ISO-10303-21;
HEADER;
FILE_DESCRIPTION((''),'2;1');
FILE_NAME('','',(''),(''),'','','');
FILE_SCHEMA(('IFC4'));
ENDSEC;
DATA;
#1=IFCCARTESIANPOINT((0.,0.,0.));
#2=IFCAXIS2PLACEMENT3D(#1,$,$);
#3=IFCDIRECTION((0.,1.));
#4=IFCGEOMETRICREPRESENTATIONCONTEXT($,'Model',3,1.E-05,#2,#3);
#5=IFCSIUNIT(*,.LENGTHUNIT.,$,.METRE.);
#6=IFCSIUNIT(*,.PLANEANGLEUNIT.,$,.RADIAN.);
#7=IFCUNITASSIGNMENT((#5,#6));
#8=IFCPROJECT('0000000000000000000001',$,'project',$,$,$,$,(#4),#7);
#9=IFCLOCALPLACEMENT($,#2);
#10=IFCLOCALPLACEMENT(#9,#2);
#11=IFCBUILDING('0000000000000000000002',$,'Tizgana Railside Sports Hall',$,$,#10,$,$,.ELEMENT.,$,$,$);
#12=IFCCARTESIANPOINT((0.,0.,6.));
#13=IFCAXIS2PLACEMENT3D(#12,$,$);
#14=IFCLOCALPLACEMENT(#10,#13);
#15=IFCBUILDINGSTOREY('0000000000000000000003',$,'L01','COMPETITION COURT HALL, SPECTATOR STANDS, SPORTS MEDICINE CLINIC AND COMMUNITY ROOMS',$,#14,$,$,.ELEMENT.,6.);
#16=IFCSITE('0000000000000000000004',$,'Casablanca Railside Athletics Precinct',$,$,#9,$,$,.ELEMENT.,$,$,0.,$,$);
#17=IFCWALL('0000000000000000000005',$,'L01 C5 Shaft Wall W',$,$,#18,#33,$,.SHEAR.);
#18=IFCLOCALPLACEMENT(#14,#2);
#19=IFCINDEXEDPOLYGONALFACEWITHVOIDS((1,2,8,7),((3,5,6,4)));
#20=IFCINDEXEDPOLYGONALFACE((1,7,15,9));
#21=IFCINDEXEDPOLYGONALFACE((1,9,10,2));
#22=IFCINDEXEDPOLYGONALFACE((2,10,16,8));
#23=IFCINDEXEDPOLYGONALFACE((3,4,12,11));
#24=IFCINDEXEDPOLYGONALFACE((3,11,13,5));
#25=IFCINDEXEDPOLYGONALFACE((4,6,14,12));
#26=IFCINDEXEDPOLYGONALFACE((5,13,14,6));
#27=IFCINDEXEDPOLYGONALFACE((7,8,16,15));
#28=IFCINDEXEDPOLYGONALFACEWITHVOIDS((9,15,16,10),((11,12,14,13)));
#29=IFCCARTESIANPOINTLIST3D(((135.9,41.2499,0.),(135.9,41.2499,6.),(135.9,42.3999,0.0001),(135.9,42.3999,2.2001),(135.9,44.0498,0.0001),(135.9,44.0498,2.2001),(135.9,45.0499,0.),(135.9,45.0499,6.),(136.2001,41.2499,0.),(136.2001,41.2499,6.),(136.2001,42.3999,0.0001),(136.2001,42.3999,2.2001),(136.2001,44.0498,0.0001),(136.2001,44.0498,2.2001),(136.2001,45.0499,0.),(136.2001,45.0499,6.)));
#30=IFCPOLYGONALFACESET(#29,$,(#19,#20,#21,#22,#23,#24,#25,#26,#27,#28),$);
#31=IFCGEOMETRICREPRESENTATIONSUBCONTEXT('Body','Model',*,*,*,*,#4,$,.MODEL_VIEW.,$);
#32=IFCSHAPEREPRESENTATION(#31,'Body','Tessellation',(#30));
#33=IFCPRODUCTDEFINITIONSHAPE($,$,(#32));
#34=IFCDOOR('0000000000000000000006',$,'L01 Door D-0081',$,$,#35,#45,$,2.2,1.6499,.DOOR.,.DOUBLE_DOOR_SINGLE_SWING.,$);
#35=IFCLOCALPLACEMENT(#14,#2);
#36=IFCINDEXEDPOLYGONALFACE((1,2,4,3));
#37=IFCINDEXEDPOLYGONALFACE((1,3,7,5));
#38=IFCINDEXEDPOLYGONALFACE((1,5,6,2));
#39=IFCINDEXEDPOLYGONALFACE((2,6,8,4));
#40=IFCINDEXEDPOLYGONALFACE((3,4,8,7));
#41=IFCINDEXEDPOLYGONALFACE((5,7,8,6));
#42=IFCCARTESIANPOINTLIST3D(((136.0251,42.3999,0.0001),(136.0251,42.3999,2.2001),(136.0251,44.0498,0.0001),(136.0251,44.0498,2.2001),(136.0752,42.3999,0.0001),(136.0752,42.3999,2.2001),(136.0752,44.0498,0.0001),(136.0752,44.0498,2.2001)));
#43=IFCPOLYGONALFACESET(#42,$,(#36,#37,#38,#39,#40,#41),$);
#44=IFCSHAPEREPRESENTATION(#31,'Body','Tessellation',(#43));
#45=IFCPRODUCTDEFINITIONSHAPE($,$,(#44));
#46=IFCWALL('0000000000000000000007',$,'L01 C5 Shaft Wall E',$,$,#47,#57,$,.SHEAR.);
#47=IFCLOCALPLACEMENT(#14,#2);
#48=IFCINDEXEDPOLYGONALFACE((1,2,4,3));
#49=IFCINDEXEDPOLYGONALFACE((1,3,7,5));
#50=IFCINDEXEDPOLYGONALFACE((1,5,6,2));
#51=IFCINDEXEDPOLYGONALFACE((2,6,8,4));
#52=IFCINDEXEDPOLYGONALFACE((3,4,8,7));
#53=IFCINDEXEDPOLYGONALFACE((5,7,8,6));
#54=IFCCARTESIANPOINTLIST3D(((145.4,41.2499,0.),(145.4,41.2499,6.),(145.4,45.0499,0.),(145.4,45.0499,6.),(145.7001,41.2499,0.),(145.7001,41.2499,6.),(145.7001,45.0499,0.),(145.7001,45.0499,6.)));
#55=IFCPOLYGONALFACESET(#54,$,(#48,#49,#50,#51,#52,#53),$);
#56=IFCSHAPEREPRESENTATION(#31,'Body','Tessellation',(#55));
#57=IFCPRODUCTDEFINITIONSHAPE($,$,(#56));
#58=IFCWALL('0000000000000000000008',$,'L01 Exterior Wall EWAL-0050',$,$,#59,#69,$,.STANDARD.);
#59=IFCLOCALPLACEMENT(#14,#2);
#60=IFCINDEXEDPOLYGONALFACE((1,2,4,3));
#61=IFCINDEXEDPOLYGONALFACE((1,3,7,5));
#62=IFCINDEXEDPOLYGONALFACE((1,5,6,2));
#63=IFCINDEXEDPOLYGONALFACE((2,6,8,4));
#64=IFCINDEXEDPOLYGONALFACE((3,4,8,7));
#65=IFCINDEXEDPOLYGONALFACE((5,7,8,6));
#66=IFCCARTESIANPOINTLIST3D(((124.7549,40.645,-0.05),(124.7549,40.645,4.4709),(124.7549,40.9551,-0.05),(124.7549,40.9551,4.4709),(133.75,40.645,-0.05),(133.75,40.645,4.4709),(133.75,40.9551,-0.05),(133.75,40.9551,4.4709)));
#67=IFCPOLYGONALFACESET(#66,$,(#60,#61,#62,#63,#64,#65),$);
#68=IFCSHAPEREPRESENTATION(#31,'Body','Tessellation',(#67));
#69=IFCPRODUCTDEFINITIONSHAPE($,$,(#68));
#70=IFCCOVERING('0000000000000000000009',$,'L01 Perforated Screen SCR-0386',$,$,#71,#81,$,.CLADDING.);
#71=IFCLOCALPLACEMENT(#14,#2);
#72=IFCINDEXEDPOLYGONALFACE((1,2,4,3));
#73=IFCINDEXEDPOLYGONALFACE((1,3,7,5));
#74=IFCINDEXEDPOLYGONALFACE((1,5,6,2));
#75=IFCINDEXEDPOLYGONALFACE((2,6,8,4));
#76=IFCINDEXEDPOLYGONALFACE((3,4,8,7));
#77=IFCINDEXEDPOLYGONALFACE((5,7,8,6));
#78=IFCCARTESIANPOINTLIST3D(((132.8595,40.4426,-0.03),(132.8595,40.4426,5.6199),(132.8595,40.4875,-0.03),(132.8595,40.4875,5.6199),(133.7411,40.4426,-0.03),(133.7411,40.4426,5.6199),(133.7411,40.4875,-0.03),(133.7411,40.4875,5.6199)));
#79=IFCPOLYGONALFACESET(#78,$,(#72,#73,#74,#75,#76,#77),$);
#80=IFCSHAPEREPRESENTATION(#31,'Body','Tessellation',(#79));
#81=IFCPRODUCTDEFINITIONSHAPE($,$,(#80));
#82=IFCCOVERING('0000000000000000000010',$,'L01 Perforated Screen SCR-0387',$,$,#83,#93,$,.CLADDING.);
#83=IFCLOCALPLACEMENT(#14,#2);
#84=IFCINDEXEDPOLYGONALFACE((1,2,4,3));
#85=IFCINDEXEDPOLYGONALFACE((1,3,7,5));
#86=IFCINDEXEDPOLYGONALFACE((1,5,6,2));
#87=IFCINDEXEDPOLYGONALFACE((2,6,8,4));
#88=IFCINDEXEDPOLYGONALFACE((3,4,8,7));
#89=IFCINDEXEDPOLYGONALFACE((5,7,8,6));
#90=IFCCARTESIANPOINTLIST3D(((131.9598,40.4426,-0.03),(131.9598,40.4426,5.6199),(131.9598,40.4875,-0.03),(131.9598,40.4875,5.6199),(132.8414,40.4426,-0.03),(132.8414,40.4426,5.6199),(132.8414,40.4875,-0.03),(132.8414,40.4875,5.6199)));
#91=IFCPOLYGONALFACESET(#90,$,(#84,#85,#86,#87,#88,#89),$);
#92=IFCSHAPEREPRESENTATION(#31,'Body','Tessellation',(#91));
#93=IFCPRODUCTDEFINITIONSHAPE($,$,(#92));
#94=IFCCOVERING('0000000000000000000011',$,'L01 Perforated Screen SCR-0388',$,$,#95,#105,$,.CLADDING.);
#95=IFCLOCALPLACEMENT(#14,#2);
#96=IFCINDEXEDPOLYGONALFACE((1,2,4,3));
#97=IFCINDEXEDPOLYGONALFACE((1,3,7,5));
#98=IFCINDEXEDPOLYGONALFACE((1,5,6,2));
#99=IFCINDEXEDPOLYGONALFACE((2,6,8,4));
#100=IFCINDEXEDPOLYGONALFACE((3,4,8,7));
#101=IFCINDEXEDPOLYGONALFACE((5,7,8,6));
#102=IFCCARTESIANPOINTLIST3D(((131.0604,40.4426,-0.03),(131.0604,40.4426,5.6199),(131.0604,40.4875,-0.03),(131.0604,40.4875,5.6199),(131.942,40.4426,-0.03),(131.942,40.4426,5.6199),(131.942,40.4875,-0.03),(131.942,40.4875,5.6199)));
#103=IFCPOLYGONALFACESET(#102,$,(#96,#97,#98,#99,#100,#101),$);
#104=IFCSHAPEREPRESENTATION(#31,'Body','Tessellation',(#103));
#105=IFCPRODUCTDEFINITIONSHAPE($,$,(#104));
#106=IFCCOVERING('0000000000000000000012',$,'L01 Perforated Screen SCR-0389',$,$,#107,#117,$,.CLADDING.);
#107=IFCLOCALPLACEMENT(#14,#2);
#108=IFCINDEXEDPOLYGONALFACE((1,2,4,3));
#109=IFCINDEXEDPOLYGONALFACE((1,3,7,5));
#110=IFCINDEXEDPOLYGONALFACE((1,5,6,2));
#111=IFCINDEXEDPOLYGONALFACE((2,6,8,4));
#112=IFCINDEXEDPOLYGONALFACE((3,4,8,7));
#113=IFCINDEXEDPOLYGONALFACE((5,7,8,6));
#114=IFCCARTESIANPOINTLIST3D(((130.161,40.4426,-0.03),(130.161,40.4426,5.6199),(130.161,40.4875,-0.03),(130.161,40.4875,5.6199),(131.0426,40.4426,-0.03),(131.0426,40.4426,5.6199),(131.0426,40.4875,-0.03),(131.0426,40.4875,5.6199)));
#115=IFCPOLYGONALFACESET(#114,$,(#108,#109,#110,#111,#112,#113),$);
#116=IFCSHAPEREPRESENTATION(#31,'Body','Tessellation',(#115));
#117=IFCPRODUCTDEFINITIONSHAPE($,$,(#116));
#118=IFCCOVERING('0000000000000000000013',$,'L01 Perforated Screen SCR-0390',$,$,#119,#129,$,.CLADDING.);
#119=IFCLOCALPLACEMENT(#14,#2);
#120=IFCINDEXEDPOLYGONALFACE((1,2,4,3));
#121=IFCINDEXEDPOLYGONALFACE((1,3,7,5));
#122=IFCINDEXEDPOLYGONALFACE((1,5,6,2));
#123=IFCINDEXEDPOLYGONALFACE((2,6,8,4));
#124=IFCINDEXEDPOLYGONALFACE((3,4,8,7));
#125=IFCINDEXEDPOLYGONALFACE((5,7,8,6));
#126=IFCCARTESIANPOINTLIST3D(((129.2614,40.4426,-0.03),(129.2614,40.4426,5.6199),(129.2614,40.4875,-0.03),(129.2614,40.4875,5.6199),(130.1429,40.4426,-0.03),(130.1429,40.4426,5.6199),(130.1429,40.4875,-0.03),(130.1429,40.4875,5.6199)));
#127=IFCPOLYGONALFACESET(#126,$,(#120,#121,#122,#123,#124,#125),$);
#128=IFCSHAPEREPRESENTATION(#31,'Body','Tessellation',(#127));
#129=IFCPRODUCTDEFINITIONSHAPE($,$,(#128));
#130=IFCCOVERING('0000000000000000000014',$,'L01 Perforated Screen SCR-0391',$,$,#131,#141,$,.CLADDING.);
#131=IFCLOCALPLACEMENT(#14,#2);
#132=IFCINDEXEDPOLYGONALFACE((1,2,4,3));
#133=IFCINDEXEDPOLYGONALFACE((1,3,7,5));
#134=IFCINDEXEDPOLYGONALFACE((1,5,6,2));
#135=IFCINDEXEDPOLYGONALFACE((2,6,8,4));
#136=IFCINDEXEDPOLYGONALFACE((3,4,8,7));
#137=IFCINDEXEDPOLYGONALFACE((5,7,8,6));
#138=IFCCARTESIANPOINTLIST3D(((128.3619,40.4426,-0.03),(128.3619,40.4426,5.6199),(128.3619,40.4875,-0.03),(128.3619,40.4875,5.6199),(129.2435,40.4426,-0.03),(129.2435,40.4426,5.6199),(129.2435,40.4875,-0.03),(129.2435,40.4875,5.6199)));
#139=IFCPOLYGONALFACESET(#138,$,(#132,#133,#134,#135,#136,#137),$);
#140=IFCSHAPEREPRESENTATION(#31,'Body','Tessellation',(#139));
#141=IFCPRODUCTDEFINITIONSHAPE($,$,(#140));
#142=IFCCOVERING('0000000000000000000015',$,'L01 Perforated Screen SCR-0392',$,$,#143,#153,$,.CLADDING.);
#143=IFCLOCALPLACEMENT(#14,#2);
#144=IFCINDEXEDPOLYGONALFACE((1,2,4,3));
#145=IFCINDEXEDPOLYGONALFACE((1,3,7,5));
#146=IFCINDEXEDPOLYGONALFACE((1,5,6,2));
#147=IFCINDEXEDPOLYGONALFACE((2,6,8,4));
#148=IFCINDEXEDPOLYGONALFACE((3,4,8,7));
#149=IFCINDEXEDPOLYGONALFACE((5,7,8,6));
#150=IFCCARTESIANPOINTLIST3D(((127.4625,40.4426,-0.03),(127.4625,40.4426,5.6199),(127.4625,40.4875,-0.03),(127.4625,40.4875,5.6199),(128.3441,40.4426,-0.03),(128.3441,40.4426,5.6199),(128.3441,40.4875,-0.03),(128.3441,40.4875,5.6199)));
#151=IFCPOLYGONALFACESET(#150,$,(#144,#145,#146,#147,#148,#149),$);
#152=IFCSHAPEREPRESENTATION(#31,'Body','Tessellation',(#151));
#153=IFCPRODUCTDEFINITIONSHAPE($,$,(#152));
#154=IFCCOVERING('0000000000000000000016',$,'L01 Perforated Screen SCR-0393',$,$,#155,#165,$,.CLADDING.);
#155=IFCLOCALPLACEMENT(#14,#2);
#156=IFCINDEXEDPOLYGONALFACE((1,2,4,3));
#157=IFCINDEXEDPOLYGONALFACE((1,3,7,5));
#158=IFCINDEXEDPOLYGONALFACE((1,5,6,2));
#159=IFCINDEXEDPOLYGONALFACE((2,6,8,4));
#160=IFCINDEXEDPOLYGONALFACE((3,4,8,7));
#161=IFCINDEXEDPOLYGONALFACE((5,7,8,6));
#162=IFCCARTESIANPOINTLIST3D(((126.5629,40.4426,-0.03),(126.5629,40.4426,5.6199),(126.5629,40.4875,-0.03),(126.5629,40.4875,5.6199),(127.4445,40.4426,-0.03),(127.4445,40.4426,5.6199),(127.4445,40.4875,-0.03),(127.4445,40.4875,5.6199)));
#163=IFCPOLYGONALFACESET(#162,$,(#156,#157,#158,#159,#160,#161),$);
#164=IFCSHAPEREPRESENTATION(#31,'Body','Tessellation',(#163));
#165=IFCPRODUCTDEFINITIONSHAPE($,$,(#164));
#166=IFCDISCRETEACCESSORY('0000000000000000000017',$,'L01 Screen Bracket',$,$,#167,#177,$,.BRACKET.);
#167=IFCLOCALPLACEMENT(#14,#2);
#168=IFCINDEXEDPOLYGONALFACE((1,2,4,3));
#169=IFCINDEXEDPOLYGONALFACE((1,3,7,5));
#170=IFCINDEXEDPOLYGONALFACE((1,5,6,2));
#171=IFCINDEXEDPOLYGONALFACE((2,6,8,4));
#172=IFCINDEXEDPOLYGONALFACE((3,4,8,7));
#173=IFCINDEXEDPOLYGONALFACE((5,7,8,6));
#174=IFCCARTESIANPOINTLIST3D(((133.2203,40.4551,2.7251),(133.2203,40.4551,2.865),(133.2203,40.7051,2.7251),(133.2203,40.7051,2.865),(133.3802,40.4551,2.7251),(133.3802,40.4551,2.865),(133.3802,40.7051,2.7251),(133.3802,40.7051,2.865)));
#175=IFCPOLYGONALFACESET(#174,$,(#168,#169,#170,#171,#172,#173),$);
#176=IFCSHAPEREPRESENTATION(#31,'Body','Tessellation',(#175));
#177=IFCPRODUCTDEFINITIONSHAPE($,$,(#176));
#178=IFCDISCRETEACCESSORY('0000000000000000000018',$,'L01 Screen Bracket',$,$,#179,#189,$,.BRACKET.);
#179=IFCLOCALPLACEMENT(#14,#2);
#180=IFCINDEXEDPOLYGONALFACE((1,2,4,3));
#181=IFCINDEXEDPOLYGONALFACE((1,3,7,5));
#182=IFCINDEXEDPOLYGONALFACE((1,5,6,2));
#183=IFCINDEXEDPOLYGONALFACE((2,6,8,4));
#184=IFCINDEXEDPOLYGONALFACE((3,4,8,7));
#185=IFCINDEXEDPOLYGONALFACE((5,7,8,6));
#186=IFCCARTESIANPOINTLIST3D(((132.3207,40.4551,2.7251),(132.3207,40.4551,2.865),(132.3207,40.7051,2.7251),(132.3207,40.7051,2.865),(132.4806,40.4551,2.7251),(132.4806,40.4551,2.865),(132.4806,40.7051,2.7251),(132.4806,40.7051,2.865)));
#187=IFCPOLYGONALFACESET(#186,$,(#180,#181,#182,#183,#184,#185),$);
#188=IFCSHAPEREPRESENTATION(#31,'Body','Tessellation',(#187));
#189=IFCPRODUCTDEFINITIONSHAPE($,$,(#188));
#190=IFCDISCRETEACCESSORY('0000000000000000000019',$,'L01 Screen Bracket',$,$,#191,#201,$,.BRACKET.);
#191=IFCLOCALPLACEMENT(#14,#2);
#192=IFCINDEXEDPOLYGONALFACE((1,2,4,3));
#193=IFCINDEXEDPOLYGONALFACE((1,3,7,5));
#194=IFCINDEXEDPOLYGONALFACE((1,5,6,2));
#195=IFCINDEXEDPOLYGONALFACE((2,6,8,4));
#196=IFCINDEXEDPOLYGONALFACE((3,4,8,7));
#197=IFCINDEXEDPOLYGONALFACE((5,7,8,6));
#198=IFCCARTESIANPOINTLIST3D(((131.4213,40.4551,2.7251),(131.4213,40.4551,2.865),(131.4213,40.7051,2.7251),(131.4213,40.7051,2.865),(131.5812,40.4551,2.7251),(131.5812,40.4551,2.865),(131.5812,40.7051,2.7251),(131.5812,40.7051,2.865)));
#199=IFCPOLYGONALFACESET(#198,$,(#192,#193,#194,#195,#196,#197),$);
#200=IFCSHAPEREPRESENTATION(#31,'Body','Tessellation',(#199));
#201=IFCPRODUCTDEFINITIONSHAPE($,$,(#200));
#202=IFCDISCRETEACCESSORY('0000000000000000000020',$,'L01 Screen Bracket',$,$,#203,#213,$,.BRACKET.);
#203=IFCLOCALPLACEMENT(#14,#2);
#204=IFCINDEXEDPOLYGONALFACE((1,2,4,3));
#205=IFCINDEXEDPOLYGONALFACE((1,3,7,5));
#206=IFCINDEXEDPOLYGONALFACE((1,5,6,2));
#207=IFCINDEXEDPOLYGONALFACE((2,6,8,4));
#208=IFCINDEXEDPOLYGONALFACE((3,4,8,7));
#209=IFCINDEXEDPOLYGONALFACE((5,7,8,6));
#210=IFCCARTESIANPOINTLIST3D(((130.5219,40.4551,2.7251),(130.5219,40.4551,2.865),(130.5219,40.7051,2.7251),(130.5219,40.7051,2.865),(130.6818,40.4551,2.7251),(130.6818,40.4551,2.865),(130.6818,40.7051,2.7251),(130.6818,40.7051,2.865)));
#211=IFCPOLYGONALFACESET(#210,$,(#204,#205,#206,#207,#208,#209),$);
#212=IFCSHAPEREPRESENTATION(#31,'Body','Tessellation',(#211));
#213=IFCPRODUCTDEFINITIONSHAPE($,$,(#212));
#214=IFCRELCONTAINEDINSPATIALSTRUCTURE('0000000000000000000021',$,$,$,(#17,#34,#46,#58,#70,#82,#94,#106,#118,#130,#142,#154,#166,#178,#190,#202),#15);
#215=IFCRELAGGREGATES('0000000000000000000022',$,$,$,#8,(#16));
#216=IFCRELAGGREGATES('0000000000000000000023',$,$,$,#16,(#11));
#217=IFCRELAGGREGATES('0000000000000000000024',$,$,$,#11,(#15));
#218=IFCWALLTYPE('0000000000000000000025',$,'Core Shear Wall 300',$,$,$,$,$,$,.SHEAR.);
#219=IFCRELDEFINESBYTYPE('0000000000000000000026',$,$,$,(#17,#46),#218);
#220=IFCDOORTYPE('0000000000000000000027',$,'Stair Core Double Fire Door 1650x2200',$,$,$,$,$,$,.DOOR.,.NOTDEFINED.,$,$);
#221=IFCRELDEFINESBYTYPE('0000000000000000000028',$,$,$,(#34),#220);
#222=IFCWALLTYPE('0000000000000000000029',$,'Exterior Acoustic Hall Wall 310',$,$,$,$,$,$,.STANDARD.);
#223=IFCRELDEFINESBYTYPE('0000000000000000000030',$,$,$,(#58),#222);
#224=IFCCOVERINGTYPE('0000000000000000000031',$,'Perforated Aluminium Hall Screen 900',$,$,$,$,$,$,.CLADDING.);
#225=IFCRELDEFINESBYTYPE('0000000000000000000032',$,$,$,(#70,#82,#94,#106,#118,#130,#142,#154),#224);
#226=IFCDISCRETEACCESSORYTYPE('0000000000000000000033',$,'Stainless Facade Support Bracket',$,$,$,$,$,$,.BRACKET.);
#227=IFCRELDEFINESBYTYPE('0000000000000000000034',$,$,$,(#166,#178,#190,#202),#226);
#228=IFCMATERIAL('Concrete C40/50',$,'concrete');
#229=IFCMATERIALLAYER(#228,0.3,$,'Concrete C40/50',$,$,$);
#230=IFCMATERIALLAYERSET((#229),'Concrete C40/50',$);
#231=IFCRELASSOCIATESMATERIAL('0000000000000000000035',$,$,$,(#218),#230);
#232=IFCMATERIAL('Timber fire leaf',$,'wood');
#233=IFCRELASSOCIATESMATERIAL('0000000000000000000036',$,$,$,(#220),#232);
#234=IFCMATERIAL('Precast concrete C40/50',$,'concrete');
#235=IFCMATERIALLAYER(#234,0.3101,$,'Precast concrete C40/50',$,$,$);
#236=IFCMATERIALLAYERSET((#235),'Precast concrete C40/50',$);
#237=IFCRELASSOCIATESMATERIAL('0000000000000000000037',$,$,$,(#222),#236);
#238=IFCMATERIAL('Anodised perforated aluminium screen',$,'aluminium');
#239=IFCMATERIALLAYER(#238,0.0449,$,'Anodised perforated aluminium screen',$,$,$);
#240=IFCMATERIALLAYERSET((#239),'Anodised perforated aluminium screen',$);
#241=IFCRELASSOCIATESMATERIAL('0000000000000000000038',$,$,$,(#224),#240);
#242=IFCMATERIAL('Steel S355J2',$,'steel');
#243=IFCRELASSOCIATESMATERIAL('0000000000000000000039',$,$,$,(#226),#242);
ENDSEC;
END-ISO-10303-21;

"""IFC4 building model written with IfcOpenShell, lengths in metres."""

from ifc_helpers import new_model, si_unit, direction, frame, frame_2d, origin, origin_2d, place, context, subcontext, project, spatial, rectangle, extrude, material, layer, layer_set, type_object, element, fill, save


model = new_model("IFC4")

# Units and contexts
model_context = context("Model", 3, precision=1e-05, world=origin(), true_north=direction((0.0, 1.0)))
body_context = subcontext(model_context, "Body", "Model", "MODEL_VIEW")
ifc_project = project(units=[si_unit("LENGTHUNIT", "METRE"), si_unit("PLANEANGLEUNIT", "RADIAN")], contexts=[model_context])

# Site, building, storey
site_placement = place(None, origin())
site = spatial("IfcSite", under=ifc_project, at=site_placement, Name="Casablanca Railside Athletics Precinct", CompositionType="ELEMENT", RefElevation=0.0)
building_placement = place(site_placement, origin())
building = spatial("IfcBuilding", under=site, at=building_placement, Name="Tizgana Railside Sports Hall", CompositionType="ELEMENT")
storey_placement = place(building_placement, frame((0.0, 0.0, 6.0)))
storey = spatial("IfcBuildingStorey", under=building, at=storey_placement, Name="L01", Description="COMPETITION COURT HALL, SPECTATOR STANDS, SPORTS MEDICINE CLINIC AND COMMUNITY ROOMS", CompositionType="ELEMENT", Elevation=6.0)

# Shared definitions
ifc_material_1 = material(Name="Concrete C40/50", Category="concrete")

# Shared definitions
ifc_material_2 = material(Name="Steel S355J2", Category="steel")

# Shared definitions
ifc_layer_1 = layer(ifc_material_1, 0.3, Name="Concrete C40/50")
ifc_layer_set_1 = layer_set([ifc_layer_1], Name="Concrete C40/50")
wall_type_1 = type_object("IfcWallType", Name="Core Shear Wall 300", PredefinedType="SHEAR", material=ifc_layer_set_1)

# Wall, opening, door
wall_1_placement = place(storey_placement, frame((136.05, 41.25, 0.0), z_axis=(0.0, 0.0, 1.0), x_axis=(0.0, 1.0, 0.0)))
wall_1 = element("IfcWall", 1, at=wall_1_placement, inside=storey, type_object=wall_type_1, Name="L01 C5 Shaft Wall W", PredefinedType="SHEAR", context=body_context, shape_type="SweptSolid", body=[
    extrude(rectangle(XDim=3.8, YDim=0.3, at=frame_2d((1.8999, 0.0))), origin(), (0.0, 0.0, 1.0), 6.0),
])
opening_placement = place(wall_1_placement, frame((1.1499, 0.0, 0.0)))
opening = element("IfcOpeningElement", 2, at=opening_placement, cuts=wall_1, PredefinedType="OPENING", context=body_context, shape_type="SweptSolid", body=[
    extrude(rectangle(XDim=1.6499, YDim=2.2, at=frame_2d((0.825, 1.1001))), frame((0.0, 0.1599, 0.0), z_axis=(0.0, -1.0, 0.0), x_axis=(1.0, 0.0, 0.0)), (0.0, 0.0, 1.0), 0.3201),
])
ifc_material_3 = material(Name="Timber fire leaf", Category="wood")
door_type = type_object("IfcDoorType", Name="Stair Core Double Fire Door 1650x2200", OperationType="NOTDEFINED", PredefinedType="DOOR", material=ifc_material_3)
door_placement = place(opening_placement, origin())
door = element("IfcDoor", 3, at=door_placement, inside=storey, type_object=door_type, Name="L01 Door D-0081", OperationType="DOUBLE_DOOR_SINGLE_SWING", OverallHeight=2.2, OverallWidth=1.6499, PredefinedType="DOOR", context=body_context, shape_type="SweptSolid", body=[
    extrude(rectangle(XDim=1.6499, YDim=2.2, at=frame_2d((0.825, 1.1001))), frame((0.0, 0.0249, 0.0), z_axis=(0.0, -1.0, 0.0), x_axis=(1.0, 0.0, 0.0)), (0.0, 0.0, 1.0), 0.05),
])
fill(opening, door)

# Walls
wall_2_placement = place(storey_placement, frame((145.55, 41.25, 0.0), z_axis=(0.0, 0.0, 1.0), x_axis=(0.0, 1.0, 0.0)))
element("IfcWall", 4, at=wall_2_placement, inside=storey, type_object=wall_type_1, Name="L01 C5 Shaft Wall E", PredefinedType="SHEAR", context=body_context, shape_type="SweptSolid", body=[
    extrude(rectangle(XDim=3.8, YDim=0.3, at=frame_2d((1.8999, 0.0))), origin(), (0.0, 0.0, 1.0), 6.0),
])
ifc_material_4 = material(Name="Precast concrete C40/50", Category="concrete")
ifc_layer_2 = layer(ifc_material_4, 0.3101, Name="Precast concrete C40/50")
ifc_layer_set_2 = layer_set([ifc_layer_2], Name="Precast concrete C40/50")
wall_type_2 = type_object("IfcWallType", Name="Exterior Acoustic Hall Wall 310", PredefinedType="STANDARD", material=ifc_layer_set_2)
wall_3_placement = place(storey_placement, frame((133.75, 40.8, -0.05), z_axis=(0.0, 0.0, 1.0), x_axis=(-1.0, 0.0, 0.0)))
element("IfcWall", 5, at=wall_3_placement, inside=storey, type_object=wall_type_2, Name="L01 Exterior Wall EWAL-0050", PredefinedType="STANDARD", context=body_context, shape_type="SweptSolid", body=[
    extrude(rectangle(XDim=8.9951, YDim=0.3101, at=frame_2d((4.4976, 0.0))), origin(), (0.0, 0.0, 1.0), 4.521),
])

# Coverings
ifc_material_5 = material(Name="Anodised perforated aluminium screen", Category="aluminium")
ifc_layer_3 = layer(ifc_material_5, 0.0449, Name="Anodised perforated aluminium screen")
ifc_layer_set_3 = layer_set([ifc_layer_3], Name="Anodised perforated aluminium screen")
covering_type = type_object("IfcCoveringType", Name="Perforated Aluminium Hall Screen 900", PredefinedType="CLADDING", material=ifc_layer_set_3)
for number, where, z_axis, x_axis, name in (
    (6, (133.3003, 40.4651, -0.03), (0.0, 0.0, 1.0), (-1.0, 0.0, 0.0), "L01 Perforated Screen SCR-0386"),
    (7, (132.4006, 40.4651, -0.03), (0.0, 0.0, 1.0), (-1.0, 0.0, 0.0), "L01 Perforated Screen SCR-0387"),
    (8, (131.5012, 40.4651, -0.03), (0.0, 0.0, 1.0), (-1.0, 0.0, 0.0), "L01 Perforated Screen SCR-0388"),
    (9, (130.6018, 40.4651, -0.03), (0.0, 0.0, 1.0), (-1.0, 0.0, 0.0), "L01 Perforated Screen SCR-0389"),
    (10, (129.7021, 40.4651, -0.03), (0.0, 0.0, 1.0), (-1.0, 0.0, 0.0), "L01 Perforated Screen SCR-0390"),
    (11, (128.8027, 40.4651, -0.03), (0.0, 0.0, 1.0), (-1.0, 0.0, 0.0), "L01 Perforated Screen SCR-0391"),
    (12, (127.9033, 40.4651, -0.03), (0.0, 0.0, 1.0), (-1.0, 0.0, 0.0), "L01 Perforated Screen SCR-0392"),
    (13, (127.0037, 40.4651, -0.03), (0.0, 0.0, 1.0), (-1.0, 0.0, 0.0), "L01 Perforated Screen SCR-0393"),
):
    element("IfcCovering", number, at=place(storey_placement, frame(where, z_axis=z_axis, x_axis=x_axis)), inside=storey, type_object=covering_type, Name=name, PredefinedType="CLADDING", context=body_context, shape_type="SweptSolid", body=[
        extrude(rectangle(XDim=0.8816, YDim=0.0449, at=origin_2d()), origin(), (0.0, 0.0, 1.0), 5.6499),
    ])

# Discrete accessories
discrete_accessory_type = type_object("IfcDiscreteAccessoryType", Name="Stainless Facade Support Bracket", PredefinedType="BRACKET", material=ifc_material_2)
for number, where, z_axis, x_axis, name in (
    (14, (133.3003, 40.5801, 2.7251), (0.0, 0.0, 1.0), (-1.0, 0.0, 0.0), "L01 Screen Bracket"),
    (15, (132.4006, 40.5801, 2.7251), (0.0, 0.0, 1.0), (-1.0, 0.0, 0.0), "L01 Screen Bracket"),
    (16, (131.5012, 40.5801, 2.7251), (0.0, 0.0, 1.0), (-1.0, 0.0, 0.0), "L01 Screen Bracket"),
    (17, (130.6018, 40.5801, 2.7251), (0.0, 0.0, 1.0), (-1.0, 0.0, 0.0), "L01 Screen Bracket"),
):
    element("IfcDiscreteAccessory", number, at=place(storey_placement, frame(where, z_axis=z_axis, x_axis=x_axis)), inside=storey, type_object=discrete_accessory_type, Name=name, PredefinedType="BRACKET", context=body_context, shape_type="SweptSolid", body=[
        extrude(rectangle(XDim=0.1599, YDim=0.25, at=origin_2d()), origin(), (0.0, 0.0, 1.0), 0.1399),
    ])

save(model, "model.ifc")
